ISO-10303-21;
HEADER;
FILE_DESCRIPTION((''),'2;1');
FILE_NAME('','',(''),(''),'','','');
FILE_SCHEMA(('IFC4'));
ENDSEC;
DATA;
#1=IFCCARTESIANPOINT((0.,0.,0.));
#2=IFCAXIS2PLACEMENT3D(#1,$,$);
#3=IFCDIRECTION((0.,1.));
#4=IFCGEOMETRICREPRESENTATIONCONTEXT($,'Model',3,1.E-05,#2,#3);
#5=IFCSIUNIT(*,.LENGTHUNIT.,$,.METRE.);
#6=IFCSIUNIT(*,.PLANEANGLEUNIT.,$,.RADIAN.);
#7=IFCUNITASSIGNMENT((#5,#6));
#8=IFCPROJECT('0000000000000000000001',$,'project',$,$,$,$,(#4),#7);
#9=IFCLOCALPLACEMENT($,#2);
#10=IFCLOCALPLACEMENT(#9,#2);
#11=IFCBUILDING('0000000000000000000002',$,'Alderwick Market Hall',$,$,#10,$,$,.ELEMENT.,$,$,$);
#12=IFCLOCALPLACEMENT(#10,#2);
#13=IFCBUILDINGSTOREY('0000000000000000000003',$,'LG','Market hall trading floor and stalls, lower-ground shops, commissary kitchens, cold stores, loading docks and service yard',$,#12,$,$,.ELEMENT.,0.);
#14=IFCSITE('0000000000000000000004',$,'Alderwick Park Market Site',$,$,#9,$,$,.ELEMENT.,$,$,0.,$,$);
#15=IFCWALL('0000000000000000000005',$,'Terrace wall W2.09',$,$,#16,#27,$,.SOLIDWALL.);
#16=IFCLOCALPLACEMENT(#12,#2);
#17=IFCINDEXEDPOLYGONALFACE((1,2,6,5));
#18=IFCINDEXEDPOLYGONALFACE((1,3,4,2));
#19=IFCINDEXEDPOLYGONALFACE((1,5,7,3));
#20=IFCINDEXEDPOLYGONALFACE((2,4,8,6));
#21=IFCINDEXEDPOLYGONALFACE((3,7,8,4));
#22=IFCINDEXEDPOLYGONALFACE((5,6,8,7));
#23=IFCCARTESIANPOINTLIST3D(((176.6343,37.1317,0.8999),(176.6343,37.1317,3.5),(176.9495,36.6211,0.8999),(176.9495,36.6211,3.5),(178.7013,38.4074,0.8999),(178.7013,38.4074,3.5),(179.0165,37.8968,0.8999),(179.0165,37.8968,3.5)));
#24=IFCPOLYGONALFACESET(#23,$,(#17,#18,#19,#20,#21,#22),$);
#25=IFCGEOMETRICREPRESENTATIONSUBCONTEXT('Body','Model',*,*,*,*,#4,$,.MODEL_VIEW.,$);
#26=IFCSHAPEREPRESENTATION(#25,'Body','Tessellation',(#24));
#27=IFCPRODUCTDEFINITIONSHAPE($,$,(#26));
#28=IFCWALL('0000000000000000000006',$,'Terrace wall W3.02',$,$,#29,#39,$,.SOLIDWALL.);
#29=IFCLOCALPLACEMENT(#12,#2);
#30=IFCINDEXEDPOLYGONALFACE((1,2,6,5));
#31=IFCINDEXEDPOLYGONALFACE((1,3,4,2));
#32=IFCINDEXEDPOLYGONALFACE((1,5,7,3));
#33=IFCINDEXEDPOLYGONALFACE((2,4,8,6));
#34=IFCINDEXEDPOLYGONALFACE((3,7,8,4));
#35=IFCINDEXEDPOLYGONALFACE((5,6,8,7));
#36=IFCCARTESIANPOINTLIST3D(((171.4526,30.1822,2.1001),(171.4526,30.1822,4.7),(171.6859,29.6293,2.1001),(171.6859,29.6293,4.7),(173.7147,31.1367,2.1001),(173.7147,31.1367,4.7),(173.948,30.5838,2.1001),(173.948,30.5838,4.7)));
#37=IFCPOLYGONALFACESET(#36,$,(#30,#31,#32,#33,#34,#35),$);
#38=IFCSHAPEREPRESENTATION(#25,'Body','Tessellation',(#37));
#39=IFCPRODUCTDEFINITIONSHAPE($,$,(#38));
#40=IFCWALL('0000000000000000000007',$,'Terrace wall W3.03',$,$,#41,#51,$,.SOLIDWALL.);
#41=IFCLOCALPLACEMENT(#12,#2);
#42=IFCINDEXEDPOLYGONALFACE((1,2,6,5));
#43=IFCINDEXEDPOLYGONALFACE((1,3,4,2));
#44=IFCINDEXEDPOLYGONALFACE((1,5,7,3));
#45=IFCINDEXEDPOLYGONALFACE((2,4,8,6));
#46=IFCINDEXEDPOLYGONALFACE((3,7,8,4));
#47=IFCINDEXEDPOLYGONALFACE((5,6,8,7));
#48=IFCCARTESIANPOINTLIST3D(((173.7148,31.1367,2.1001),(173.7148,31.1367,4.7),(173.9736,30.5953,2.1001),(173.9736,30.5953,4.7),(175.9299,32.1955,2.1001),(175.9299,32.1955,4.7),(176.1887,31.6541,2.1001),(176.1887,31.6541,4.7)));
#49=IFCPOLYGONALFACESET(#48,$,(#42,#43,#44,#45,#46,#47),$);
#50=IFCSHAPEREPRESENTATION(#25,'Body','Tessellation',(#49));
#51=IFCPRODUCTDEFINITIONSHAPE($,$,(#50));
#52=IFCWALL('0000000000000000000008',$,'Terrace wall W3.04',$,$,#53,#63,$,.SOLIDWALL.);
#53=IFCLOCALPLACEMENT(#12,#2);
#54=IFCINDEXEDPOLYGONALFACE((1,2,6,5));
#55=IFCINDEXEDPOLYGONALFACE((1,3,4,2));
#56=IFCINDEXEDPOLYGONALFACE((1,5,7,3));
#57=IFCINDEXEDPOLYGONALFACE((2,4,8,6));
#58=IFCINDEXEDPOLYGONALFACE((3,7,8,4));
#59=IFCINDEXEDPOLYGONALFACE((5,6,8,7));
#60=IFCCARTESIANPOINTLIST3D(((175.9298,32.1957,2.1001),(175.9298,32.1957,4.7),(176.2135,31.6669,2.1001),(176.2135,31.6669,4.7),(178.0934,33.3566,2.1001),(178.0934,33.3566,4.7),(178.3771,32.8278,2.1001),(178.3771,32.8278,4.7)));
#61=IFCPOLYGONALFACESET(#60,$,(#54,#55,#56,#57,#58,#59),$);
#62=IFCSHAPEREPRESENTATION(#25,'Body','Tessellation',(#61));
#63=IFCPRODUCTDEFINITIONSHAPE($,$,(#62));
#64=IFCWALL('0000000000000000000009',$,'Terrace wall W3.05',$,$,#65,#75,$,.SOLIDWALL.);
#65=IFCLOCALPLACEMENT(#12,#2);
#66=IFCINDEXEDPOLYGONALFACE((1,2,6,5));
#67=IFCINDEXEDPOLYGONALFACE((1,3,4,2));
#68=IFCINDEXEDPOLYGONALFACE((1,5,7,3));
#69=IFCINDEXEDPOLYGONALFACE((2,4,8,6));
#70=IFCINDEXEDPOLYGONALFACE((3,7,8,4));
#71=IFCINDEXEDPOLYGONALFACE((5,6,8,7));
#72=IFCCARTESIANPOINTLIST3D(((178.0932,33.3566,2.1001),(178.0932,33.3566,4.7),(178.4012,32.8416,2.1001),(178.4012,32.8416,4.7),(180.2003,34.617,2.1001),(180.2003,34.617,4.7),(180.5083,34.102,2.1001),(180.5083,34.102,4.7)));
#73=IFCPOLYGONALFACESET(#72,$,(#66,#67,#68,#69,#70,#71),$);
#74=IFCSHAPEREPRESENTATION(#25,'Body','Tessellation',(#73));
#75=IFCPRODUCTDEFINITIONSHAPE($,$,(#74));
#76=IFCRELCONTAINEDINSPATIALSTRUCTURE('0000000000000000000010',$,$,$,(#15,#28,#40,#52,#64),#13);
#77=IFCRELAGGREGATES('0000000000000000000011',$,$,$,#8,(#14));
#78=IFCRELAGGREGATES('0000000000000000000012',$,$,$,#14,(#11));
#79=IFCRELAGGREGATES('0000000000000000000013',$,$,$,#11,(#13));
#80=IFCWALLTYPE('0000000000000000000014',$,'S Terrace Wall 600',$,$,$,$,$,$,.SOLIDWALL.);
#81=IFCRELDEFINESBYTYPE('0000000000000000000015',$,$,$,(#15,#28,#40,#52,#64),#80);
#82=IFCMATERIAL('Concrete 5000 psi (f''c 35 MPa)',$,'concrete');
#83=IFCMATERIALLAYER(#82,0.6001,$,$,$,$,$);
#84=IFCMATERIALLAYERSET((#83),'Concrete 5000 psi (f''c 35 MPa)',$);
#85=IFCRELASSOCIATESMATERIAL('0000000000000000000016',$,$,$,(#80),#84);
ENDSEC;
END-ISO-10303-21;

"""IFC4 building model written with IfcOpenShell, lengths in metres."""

from ifc_helpers import new_model, si_unit, direction, frame, frame_2d, origin, place, context, subcontext, project, spatial, rectangle, extrude, material, layer, layer_set, type_object, element, save


model = new_model("IFC4")

# Units and contexts
model_context = context("Model", 3, precision=1e-05, world=origin(), true_north=direction((0.0, 1.0)))
body_context = subcontext(model_context, "Body", "Model", "MODEL_VIEW")
ifc_project = project(units=[si_unit("LENGTHUNIT", "METRE"), si_unit("PLANEANGLEUNIT", "RADIAN")], contexts=[model_context])

# Site, building, storey
site_placement = place(None, origin())
site = spatial("IfcSite", under=ifc_project, at=site_placement, Name="Alderwick Park Market Site", CompositionType="ELEMENT", RefElevation=0.0)
building_placement = place(site_placement, origin())
building = spatial("IfcBuilding", under=site, at=building_placement, Name="Alderwick Market Hall", CompositionType="ELEMENT")
storey_placement = place(building_placement, origin())
storey = spatial("IfcBuildingStorey", under=building, at=storey_placement, Name="LG", Description="Market hall trading floor and stalls, lower-ground shops, commissary kitchens, cold stores, loading docks and service yard", CompositionType="ELEMENT", Elevation=0.0)

# Shared definitions
ifc_material_1 = material(Name="Concrete 5000 psi (f'c 35 MPa)", Category="concrete")

# Walls
ifc_layer_1 = layer(ifc_material_1, 0.6001)
ifc_layer_set_1 = layer_set([ifc_layer_1], Name="Concrete 5000 psi (f'c 35 MPa)")
wall_type_1 = type_object("IfcWallType", Name="S Terrace Wall 600", PredefinedType="SOLIDWALL", material=ifc_layer_set_1)
for number, where, z_axis, x_axis, name in (
    (1, (176.792, 36.8765, 0.8999), (0.0, 0.0, 1.0), (0.850978, 0.525202, 0.0), "Terrace wall W2.09"),
):
    element("IfcWall", number, at=place(storey_placement, frame(where, z_axis=z_axis, x_axis=x_axis)), inside=storey, type_object=wall_type_1, Name=name, PredefinedType="SOLIDWALL", context=body_context, shape_type="SweptSolid", body=[
        extrude(rectangle(XDim=2.429, YDim=0.6001, at=frame_2d((1.2144, 0.0))), origin(), (0.0, 0.0, 1.0), 2.6001),
    ])
wall_1_placement = place(storey_placement, frame((171.5693, 29.9058, 2.1001), z_axis=(0.0, 0.0, 1.0), x_axis=(0.921332, 0.388777, 0.0)))
element("IfcWall", 2, at=wall_1_placement, inside=storey, type_object=wall_type_1, Name="Terrace wall W3.02", PredefinedType="SOLIDWALL", context=body_context, shape_type="SweptSolid", body=[
    extrude(rectangle(XDim=2.4553, YDim=0.6001, at=frame_2d((1.2275, 0.0))), origin(), (0.0, 0.0, 1.0), 2.5999),
])
wall_2_placement = place(storey_placement, frame((173.8442, 30.866, 2.1001), z_axis=(0.0, 0.0, 1.0), x_axis=(0.902222, 0.431273, 0.0)))
element("IfcWall", 3, at=wall_2_placement, inside=storey, type_object=wall_type_1, Name="Terrace wall W3.03", PredefinedType="SOLIDWALL", context=body_context, shape_type="SweptSolid", body=[
    extrude(rectangle(XDim=2.4551, YDim=0.6001, at=frame_2d((1.2275, 0.0))), origin(), (0.0, 0.0, 1.0), 2.5999),
])
for number, where, z_axis, x_axis, name in (
    (4, (176.0718, 31.9314, 2.1001), (0.0, 0.0, 1.0), (0.881169, 0.472801, 0.0), "Terrace wall W3.04"),
    (5, (178.2473, 33.0991, 2.1001), (0.0, 0.0, 1.0), (0.858176, 0.513355, 0.0), "Terrace wall W3.05"),
):
    element("IfcWall", number, at=place(storey_placement, frame(where, z_axis=z_axis, x_axis=x_axis)), inside=storey, type_object=wall_type_1, Name=name, PredefinedType="SOLIDWALL", context=body_context, shape_type="SweptSolid", body=[
        extrude(rectangle(XDim=2.4553, YDim=0.6001, at=frame_2d((1.2275, 0.0))), origin(), (0.0, 0.0, 1.0), 2.5999),
    ])

save(model, "model.ifc")
